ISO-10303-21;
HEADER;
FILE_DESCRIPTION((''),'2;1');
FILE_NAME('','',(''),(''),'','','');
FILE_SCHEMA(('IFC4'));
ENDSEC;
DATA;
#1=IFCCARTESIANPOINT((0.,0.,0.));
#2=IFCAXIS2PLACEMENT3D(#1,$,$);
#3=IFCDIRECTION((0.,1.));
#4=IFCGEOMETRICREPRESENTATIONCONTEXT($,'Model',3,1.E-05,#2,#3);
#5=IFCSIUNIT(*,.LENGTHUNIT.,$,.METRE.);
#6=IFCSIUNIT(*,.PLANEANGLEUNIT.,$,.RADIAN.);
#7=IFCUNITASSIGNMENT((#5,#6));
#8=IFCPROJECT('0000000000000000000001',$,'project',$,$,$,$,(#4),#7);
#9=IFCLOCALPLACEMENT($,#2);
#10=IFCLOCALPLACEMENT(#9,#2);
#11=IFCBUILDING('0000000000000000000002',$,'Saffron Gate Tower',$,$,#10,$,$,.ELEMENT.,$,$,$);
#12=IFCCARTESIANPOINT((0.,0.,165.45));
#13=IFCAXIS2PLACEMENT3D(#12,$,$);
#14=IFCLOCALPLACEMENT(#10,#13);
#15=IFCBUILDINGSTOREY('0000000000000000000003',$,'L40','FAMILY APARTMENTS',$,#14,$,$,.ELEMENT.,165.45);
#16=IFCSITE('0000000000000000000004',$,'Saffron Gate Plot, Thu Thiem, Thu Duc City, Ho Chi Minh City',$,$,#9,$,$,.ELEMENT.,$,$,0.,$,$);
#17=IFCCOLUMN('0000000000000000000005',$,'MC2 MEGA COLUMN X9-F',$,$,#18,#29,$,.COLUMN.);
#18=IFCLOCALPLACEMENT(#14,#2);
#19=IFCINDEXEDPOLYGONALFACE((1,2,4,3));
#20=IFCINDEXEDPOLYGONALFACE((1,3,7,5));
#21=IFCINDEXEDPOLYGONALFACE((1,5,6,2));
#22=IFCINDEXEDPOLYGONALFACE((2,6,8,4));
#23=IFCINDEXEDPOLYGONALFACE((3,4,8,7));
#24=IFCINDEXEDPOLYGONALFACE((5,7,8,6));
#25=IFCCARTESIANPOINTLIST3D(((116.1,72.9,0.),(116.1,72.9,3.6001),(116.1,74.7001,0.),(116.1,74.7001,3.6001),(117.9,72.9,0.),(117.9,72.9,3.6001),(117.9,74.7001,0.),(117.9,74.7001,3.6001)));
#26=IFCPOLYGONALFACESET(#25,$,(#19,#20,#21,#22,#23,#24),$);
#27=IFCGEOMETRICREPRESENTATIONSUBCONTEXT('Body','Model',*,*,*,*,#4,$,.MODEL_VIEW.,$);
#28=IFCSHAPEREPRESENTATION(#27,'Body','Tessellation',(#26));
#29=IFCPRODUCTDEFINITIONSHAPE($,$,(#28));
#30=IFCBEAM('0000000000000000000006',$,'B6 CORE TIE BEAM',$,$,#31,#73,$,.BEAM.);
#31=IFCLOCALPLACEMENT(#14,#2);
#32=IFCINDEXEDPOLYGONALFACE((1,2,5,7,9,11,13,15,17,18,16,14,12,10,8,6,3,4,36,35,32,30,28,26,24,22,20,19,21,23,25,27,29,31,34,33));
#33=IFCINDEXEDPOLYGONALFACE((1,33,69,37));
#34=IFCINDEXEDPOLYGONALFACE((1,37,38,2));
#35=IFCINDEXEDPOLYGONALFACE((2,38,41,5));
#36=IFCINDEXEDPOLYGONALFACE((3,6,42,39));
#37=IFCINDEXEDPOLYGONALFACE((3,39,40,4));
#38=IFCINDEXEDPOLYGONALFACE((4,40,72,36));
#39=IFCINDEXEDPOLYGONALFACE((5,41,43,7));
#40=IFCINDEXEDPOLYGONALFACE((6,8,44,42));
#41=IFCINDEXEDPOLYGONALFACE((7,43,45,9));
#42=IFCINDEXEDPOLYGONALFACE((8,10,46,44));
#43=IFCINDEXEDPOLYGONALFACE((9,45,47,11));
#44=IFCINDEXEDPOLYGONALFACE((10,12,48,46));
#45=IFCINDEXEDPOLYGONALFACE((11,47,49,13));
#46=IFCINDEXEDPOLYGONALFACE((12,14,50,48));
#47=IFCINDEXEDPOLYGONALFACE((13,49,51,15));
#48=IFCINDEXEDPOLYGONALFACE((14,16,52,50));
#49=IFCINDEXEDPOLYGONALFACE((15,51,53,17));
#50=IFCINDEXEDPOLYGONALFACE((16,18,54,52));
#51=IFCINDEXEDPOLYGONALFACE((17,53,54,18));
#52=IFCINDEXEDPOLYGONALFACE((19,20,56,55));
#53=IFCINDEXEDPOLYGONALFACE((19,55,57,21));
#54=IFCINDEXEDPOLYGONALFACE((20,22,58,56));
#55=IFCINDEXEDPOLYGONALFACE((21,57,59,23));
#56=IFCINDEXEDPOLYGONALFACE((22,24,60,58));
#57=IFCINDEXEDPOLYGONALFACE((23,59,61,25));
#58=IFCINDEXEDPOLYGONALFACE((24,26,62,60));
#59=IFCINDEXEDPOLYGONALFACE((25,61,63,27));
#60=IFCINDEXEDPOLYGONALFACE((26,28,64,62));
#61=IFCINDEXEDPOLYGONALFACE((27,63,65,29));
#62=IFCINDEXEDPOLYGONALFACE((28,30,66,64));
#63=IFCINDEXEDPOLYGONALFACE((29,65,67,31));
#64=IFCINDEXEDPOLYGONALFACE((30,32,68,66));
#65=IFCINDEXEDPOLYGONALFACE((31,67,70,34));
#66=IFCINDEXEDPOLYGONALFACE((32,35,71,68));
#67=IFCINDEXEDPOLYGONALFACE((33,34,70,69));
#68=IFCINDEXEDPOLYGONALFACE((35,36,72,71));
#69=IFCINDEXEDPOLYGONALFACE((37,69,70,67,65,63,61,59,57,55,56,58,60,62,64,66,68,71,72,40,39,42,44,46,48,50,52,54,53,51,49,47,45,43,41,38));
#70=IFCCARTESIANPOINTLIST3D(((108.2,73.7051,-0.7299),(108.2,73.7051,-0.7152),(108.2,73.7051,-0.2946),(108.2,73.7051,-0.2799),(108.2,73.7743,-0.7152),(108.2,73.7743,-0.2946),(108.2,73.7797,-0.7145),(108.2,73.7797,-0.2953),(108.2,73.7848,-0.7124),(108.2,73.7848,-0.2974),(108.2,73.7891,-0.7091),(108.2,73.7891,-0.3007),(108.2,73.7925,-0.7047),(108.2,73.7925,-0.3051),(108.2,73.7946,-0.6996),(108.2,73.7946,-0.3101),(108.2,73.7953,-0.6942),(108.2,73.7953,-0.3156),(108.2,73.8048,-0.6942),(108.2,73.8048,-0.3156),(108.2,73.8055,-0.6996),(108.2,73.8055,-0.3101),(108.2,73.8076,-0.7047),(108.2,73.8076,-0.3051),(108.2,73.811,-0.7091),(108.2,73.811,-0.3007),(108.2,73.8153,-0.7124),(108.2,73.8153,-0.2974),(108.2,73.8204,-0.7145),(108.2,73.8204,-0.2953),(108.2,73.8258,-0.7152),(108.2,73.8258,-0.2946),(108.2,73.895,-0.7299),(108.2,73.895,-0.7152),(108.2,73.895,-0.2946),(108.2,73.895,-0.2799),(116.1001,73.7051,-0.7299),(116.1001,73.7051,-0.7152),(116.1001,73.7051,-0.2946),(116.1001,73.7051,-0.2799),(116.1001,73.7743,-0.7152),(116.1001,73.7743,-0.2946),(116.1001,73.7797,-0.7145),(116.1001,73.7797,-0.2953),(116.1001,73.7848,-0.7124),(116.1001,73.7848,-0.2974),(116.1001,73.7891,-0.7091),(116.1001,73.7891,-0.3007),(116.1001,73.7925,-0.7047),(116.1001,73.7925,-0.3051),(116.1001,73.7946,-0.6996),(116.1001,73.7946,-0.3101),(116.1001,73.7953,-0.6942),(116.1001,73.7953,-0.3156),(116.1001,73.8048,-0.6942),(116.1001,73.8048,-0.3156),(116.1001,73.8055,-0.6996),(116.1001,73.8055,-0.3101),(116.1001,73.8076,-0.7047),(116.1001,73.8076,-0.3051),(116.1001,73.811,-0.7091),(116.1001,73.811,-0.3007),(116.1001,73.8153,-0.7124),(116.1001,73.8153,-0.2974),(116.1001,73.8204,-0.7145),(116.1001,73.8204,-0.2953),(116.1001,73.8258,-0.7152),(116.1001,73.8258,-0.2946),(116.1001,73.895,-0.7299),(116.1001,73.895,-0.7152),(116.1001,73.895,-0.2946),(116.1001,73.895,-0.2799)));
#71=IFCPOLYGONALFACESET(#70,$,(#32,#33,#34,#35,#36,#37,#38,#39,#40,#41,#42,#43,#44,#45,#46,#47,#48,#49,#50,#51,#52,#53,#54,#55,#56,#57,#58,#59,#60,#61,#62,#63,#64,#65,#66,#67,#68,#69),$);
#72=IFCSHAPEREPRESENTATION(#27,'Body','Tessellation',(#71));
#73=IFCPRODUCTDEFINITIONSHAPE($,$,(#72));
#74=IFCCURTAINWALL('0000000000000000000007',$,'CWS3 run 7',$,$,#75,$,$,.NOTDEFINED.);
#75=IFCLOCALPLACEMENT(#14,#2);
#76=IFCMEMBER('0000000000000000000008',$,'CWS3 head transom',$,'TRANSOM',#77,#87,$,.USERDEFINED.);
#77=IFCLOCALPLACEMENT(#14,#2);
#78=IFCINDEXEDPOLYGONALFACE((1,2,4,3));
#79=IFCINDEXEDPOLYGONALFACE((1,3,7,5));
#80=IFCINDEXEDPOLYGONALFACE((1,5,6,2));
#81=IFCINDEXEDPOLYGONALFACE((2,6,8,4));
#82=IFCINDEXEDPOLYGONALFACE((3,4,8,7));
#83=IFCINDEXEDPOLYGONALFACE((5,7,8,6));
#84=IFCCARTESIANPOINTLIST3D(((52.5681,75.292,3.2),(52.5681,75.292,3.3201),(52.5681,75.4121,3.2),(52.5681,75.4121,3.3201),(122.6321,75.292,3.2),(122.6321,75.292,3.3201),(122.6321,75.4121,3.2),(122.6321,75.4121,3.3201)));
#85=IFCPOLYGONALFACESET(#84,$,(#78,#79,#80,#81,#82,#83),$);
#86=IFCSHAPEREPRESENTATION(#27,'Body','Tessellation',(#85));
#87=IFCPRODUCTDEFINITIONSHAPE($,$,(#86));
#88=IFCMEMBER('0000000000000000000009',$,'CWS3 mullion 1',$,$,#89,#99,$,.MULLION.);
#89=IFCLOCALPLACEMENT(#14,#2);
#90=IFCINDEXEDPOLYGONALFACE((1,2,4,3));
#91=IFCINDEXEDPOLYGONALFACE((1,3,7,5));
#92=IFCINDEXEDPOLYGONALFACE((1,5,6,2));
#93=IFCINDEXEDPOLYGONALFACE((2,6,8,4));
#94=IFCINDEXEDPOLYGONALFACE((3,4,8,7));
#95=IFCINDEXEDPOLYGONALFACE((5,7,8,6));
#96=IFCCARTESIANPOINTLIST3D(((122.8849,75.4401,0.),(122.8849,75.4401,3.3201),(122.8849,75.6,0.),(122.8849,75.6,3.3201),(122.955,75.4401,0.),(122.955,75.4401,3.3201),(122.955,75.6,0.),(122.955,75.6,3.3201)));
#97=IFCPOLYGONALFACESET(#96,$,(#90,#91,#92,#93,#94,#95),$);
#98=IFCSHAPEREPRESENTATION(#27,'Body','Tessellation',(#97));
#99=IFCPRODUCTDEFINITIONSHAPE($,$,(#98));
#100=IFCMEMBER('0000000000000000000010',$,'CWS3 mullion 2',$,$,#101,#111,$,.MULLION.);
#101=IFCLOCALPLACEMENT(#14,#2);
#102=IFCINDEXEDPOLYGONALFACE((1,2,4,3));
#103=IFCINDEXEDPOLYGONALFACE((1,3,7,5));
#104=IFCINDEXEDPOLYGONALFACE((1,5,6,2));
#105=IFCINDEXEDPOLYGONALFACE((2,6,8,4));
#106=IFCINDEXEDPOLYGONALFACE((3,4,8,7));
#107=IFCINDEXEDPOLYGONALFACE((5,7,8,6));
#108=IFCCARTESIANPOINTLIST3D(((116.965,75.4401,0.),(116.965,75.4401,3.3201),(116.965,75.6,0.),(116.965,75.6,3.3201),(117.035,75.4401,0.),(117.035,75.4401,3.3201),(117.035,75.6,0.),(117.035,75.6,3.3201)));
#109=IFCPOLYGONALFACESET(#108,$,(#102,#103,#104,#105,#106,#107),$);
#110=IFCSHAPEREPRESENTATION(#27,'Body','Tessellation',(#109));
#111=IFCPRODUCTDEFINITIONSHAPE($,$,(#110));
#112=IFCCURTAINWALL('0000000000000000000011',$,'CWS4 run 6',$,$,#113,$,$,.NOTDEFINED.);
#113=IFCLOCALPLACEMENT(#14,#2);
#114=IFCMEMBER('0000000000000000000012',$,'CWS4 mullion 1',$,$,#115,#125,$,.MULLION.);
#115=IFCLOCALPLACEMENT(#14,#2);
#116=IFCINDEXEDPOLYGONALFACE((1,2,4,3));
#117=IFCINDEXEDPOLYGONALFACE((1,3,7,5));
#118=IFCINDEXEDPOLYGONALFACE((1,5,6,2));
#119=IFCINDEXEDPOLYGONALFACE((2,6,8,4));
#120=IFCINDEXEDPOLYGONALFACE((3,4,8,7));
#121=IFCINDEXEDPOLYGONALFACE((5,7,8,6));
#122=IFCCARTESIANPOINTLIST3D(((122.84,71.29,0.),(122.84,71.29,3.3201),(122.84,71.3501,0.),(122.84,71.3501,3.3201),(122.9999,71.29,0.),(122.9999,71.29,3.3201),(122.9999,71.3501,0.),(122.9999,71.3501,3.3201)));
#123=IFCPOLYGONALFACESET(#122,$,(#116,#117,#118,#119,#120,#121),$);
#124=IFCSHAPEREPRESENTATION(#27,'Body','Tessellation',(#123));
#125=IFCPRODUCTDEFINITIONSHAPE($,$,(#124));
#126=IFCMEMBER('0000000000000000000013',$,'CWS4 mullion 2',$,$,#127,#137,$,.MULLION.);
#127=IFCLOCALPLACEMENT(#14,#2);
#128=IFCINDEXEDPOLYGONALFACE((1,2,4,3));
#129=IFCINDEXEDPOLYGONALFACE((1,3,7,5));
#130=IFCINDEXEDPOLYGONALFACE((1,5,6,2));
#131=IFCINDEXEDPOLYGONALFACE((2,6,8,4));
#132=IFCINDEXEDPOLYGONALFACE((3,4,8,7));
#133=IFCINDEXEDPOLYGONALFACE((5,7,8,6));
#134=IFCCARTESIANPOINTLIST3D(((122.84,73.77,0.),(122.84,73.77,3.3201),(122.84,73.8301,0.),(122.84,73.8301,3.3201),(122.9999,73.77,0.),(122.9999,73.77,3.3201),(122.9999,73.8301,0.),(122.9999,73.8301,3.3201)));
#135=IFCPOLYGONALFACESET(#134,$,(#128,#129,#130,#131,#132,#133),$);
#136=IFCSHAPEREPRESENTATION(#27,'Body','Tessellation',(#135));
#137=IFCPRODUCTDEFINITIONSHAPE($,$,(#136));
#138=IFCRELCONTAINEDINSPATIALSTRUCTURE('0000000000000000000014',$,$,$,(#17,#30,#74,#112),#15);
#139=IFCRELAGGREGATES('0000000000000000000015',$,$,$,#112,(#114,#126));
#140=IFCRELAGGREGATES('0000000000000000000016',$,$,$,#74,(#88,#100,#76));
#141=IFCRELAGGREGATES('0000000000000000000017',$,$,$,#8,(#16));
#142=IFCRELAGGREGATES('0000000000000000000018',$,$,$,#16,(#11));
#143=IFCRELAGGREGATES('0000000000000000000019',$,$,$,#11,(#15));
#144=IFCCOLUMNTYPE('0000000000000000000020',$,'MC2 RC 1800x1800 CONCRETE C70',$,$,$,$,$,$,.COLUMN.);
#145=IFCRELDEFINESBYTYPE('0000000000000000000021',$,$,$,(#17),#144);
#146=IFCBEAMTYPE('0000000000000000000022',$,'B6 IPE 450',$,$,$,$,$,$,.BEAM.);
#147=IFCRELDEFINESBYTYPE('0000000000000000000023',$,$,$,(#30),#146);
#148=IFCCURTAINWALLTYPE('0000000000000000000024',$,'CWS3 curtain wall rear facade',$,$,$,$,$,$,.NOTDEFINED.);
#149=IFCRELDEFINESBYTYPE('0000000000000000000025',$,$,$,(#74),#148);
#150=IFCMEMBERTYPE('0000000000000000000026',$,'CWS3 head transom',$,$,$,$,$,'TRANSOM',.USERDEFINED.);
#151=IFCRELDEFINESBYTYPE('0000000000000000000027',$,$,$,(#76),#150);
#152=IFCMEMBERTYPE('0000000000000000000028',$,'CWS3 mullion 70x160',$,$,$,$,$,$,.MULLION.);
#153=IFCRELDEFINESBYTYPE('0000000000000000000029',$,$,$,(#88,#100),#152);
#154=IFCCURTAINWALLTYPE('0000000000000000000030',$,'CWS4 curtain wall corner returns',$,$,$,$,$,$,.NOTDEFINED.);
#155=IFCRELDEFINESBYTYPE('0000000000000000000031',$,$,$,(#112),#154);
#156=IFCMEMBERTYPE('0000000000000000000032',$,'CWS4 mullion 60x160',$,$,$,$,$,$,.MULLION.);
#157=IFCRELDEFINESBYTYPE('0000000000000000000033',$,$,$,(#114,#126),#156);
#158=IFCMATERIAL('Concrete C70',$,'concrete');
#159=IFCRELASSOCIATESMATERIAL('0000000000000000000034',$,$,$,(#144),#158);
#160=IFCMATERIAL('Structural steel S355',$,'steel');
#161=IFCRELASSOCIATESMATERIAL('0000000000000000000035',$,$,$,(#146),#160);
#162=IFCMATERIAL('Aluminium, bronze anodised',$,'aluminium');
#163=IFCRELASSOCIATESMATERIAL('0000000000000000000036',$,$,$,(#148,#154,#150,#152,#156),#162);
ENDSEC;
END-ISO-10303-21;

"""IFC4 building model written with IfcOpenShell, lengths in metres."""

from ifc_helpers import new_model, si_unit, direction, frame, origin, origin_2d, place, context, subcontext, project, spatial, rectangle, i_section, extrude, material, material_profile, profile_set, type_object, element, aggregate, save


model = new_model("IFC4")

# Units and contexts
model_context = context("Model", 3, precision=1e-05, world=origin(), true_north=direction((0.0, 1.0)))
body_context = subcontext(model_context, "Body", "Model", "MODEL_VIEW")
ifc_project = project(units=[si_unit("LENGTHUNIT", "METRE"), si_unit("PLANEANGLEUNIT", "RADIAN")], contexts=[model_context])

# Site, building, storey
site_placement = place(None, origin())
site = spatial("IfcSite", under=ifc_project, at=site_placement, Name="Saffron Gate Plot, Thu Thiem, Thu Duc City, Ho Chi Minh City", CompositionType="ELEMENT", RefElevation=0.0)
building_placement = place(site_placement, origin())
building = spatial("IfcBuilding", under=site, at=building_placement, Name="Saffron Gate Tower", CompositionType="ELEMENT")
storey_placement = place(building_placement, frame((0.0, 0.0, 165.45)))
storey = spatial("IfcBuildingStorey", under=building, at=storey_placement, Name="L40", Description="FAMILY APARTMENTS", CompositionType="ELEMENT", Elevation=165.45)

# Column
ifc_material_1 = material(Name="Concrete C70", Category="concrete")
ifc_material_profile_1 = material_profile(ifc_material_1, rectangle(XDim=1.8, YDim=1.8, at=origin_2d()))
ifc_profile_set_1 = profile_set([ifc_material_profile_1], Name="Concrete C70")
column_type = type_object("IfcColumnType", Name="MC2 RC 1800x1800 CONCRETE C70", PredefinedType="COLUMN", material=ifc_profile_set_1)
column_placement = place(storey_placement, frame((117.0, 73.8, 0.0), z_axis=(0.0, 0.0, 1.0), x_axis=(1.0, 0.0, 0.0)))
element("IfcColumn", 1, at=column_placement, inside=storey, type_object=column_type, Name="MC2 MEGA COLUMN X9-F", PredefinedType="COLUMN", context=body_context, shape_type="SweptSolid", body=[
    extrude(rectangle(XDim=1.8, YDim=1.8, at=origin_2d()), origin(), (0.0, 0.0, 1.0), 3.6001),
])

# Beam
ifc_material_2 = material(Name="Structural steel S355", Category="steel")
ifc_material_profile_2 = material_profile(ifc_material_2, i_section(OverallWidth=0.1899, OverallDepth=0.45, WebThickness=0.0095, FlangeThickness=0.0146, FilletRadius=0.021, at=origin_2d()))
ifc_profile_set_2 = profile_set([ifc_material_profile_2], Name="Structural steel S355")
beam_type = type_object("IfcBeamType", Name="B6 IPE 450", PredefinedType="BEAM", material=ifc_profile_set_2)
beam_placement = place(storey_placement, frame((116.1001, 73.8, -0.5049), z_axis=(-1.0, 0.0, 0.0), x_axis=(0.0, -1.0, 0.0)))
element("IfcBeam", 2, at=beam_placement, inside=storey, type_object=beam_type, Name="B6 CORE TIE BEAM", PredefinedType="BEAM", context=body_context, shape_type="SweptSolid", body=[
    extrude(i_section(OverallWidth=0.1899, OverallDepth=0.45, WebThickness=0.0095, FlangeThickness=0.0146, FilletRadius=0.021, at=origin_2d()), origin(), (0.0, 0.0, 1.0), 7.9001),
])

# Curtain walls, members
ifc_material_3 = material(Name="Aluminium, bronze anodised", Category="aluminium")
curtain_wall_type_1 = type_object("IfcCurtainWallType", Name="CWS3 curtain wall rear facade", PredefinedType="NOTDEFINED", material=ifc_material_3)
curtain_wall_1_placement = place(storey_placement, origin())
curtain_wall_1 = element("IfcCurtainWall", 3, at=curtain_wall_1_placement, inside=storey, type_object=curtain_wall_type_1, Name="CWS3 run 7", PredefinedType="NOTDEFINED")
ifc_material_profile_3 = material_profile(ifc_material_3, rectangle(XDim=0.1201, YDim=0.1201, at=origin_2d()))
ifc_profile_set_3 = profile_set([ifc_material_profile_3], Name="Aluminium, bronze anodised")
member_type_1 = type_object("IfcMemberType", Name="CWS3 head transom", ElementType="TRANSOM", PredefinedType="USERDEFINED", material=ifc_profile_set_3)
member_1_placement = place(storey_placement, frame((122.6321, 75.3521, 3.26), z_axis=(-1.0, 0.0, 0.0), x_axis=(0.0, -1.0, 0.0)))
member_1 = element("IfcMember", 4, at=member_1_placement, type_object=member_type_1, Name="CWS3 head transom", ObjectType="TRANSOM", PredefinedType="USERDEFINED", context=body_context, shape_type="SweptSolid", body=[
    extrude(rectangle(XDim=0.1201, YDim=0.1201, at=origin_2d()), origin(), (0.0, 0.0, 1.0), 70.064),
])
ifc_material_profile_4 = material_profile(ifc_material_3, rectangle(XDim=0.1599, YDim=0.0701, at=origin_2d()))
ifc_profile_set_4 = profile_set([ifc_material_profile_4], Name="Aluminium, bronze anodised")
member_type_2 = type_object("IfcMemberType", Name="CWS3 mullion 70x160", PredefinedType="MULLION", material=ifc_profile_set_4)
member_2_placement = place(storey_placement, frame((122.9199, 75.52, 0.0), z_axis=(0.0, 0.0, 1.0), x_axis=(0.0, -1.0, 0.0)))
member_2 = element("IfcMember", 5, at=member_2_placement, type_object=member_type_2, Name="CWS3 mullion 1", PredefinedType="MULLION", context=body_context, shape_type="SweptSolid", body=[
    extrude(rectangle(XDim=0.1599, YDim=0.0701, at=origin_2d()), origin(), (0.0, 0.0, 1.0), 3.3201),
])
member_3_placement = place(storey_placement, frame((117.0, 75.52, 0.0), z_axis=(0.0, 0.0, 1.0), x_axis=(0.0, -1.0, 0.0)))
member_3 = element("IfcMember", 6, at=member_3_placement, type_object=member_type_2, Name="CWS3 mullion 2", PredefinedType="MULLION", context=body_context, shape_type="SweptSolid", body=[
    extrude(rectangle(XDim=0.1599, YDim=0.0701, at=origin_2d()), origin(), (0.0, 0.0, 1.0), 3.3201),
])
curtain_wall_type_2 = type_object("IfcCurtainWallType", Name="CWS4 curtain wall corner returns", PredefinedType="NOTDEFINED", material=ifc_material_3)
curtain_wall_2_placement = place(storey_placement, origin())
curtain_wall_2 = element("IfcCurtainWall", 7, at=curtain_wall_2_placement, inside=storey, type_object=curtain_wall_type_2, Name="CWS4 run 6", PredefinedType="NOTDEFINED")
ifc_material_profile_5 = material_profile(ifc_material_3, rectangle(XDim=0.1599, YDim=0.0601, at=origin_2d()))
ifc_profile_set_5 = profile_set([ifc_material_profile_5], Name="Aluminium, bronze anodised")
member_type_3 = type_object("IfcMemberType", Name="CWS4 mullion 60x160", PredefinedType="MULLION", material=ifc_profile_set_5)
member_4_placement = place(storey_placement, frame((122.9199, 71.3201, 0.0), z_axis=(0.0, 0.0, 1.0), x_axis=(-1.0, 0.0, 0.0)))
member_4 = element("IfcMember", 8, at=member_4_placement, type_object=member_type_3, Name="CWS4 mullion 1", PredefinedType="MULLION", context=body_context, shape_type="SweptSolid", body=[
    extrude(rectangle(XDim=0.1599, YDim=0.0601, at=origin_2d()), origin(), (0.0, 0.0, 1.0), 3.3201),
])
member_5_placement = place(storey_placement, frame((122.9199, 73.8, 0.0), z_axis=(0.0, 0.0, 1.0), x_axis=(-1.0, 0.0, 0.0)))
member_5 = element("IfcMember", 9, at=member_5_placement, type_object=member_type_3, Name="CWS4 mullion 2", PredefinedType="MULLION", context=body_context, shape_type="SweptSolid", body=[
    extrude(rectangle(XDim=0.1599, YDim=0.0601, at=origin_2d()), origin(), (0.0, 0.0, 1.0), 3.3201),
])
aggregate(curtain_wall_2, [member_4, member_5])

aggregate(curtain_wall_1, [member_2, member_3, member_1])

save(model, "model.ifc")
